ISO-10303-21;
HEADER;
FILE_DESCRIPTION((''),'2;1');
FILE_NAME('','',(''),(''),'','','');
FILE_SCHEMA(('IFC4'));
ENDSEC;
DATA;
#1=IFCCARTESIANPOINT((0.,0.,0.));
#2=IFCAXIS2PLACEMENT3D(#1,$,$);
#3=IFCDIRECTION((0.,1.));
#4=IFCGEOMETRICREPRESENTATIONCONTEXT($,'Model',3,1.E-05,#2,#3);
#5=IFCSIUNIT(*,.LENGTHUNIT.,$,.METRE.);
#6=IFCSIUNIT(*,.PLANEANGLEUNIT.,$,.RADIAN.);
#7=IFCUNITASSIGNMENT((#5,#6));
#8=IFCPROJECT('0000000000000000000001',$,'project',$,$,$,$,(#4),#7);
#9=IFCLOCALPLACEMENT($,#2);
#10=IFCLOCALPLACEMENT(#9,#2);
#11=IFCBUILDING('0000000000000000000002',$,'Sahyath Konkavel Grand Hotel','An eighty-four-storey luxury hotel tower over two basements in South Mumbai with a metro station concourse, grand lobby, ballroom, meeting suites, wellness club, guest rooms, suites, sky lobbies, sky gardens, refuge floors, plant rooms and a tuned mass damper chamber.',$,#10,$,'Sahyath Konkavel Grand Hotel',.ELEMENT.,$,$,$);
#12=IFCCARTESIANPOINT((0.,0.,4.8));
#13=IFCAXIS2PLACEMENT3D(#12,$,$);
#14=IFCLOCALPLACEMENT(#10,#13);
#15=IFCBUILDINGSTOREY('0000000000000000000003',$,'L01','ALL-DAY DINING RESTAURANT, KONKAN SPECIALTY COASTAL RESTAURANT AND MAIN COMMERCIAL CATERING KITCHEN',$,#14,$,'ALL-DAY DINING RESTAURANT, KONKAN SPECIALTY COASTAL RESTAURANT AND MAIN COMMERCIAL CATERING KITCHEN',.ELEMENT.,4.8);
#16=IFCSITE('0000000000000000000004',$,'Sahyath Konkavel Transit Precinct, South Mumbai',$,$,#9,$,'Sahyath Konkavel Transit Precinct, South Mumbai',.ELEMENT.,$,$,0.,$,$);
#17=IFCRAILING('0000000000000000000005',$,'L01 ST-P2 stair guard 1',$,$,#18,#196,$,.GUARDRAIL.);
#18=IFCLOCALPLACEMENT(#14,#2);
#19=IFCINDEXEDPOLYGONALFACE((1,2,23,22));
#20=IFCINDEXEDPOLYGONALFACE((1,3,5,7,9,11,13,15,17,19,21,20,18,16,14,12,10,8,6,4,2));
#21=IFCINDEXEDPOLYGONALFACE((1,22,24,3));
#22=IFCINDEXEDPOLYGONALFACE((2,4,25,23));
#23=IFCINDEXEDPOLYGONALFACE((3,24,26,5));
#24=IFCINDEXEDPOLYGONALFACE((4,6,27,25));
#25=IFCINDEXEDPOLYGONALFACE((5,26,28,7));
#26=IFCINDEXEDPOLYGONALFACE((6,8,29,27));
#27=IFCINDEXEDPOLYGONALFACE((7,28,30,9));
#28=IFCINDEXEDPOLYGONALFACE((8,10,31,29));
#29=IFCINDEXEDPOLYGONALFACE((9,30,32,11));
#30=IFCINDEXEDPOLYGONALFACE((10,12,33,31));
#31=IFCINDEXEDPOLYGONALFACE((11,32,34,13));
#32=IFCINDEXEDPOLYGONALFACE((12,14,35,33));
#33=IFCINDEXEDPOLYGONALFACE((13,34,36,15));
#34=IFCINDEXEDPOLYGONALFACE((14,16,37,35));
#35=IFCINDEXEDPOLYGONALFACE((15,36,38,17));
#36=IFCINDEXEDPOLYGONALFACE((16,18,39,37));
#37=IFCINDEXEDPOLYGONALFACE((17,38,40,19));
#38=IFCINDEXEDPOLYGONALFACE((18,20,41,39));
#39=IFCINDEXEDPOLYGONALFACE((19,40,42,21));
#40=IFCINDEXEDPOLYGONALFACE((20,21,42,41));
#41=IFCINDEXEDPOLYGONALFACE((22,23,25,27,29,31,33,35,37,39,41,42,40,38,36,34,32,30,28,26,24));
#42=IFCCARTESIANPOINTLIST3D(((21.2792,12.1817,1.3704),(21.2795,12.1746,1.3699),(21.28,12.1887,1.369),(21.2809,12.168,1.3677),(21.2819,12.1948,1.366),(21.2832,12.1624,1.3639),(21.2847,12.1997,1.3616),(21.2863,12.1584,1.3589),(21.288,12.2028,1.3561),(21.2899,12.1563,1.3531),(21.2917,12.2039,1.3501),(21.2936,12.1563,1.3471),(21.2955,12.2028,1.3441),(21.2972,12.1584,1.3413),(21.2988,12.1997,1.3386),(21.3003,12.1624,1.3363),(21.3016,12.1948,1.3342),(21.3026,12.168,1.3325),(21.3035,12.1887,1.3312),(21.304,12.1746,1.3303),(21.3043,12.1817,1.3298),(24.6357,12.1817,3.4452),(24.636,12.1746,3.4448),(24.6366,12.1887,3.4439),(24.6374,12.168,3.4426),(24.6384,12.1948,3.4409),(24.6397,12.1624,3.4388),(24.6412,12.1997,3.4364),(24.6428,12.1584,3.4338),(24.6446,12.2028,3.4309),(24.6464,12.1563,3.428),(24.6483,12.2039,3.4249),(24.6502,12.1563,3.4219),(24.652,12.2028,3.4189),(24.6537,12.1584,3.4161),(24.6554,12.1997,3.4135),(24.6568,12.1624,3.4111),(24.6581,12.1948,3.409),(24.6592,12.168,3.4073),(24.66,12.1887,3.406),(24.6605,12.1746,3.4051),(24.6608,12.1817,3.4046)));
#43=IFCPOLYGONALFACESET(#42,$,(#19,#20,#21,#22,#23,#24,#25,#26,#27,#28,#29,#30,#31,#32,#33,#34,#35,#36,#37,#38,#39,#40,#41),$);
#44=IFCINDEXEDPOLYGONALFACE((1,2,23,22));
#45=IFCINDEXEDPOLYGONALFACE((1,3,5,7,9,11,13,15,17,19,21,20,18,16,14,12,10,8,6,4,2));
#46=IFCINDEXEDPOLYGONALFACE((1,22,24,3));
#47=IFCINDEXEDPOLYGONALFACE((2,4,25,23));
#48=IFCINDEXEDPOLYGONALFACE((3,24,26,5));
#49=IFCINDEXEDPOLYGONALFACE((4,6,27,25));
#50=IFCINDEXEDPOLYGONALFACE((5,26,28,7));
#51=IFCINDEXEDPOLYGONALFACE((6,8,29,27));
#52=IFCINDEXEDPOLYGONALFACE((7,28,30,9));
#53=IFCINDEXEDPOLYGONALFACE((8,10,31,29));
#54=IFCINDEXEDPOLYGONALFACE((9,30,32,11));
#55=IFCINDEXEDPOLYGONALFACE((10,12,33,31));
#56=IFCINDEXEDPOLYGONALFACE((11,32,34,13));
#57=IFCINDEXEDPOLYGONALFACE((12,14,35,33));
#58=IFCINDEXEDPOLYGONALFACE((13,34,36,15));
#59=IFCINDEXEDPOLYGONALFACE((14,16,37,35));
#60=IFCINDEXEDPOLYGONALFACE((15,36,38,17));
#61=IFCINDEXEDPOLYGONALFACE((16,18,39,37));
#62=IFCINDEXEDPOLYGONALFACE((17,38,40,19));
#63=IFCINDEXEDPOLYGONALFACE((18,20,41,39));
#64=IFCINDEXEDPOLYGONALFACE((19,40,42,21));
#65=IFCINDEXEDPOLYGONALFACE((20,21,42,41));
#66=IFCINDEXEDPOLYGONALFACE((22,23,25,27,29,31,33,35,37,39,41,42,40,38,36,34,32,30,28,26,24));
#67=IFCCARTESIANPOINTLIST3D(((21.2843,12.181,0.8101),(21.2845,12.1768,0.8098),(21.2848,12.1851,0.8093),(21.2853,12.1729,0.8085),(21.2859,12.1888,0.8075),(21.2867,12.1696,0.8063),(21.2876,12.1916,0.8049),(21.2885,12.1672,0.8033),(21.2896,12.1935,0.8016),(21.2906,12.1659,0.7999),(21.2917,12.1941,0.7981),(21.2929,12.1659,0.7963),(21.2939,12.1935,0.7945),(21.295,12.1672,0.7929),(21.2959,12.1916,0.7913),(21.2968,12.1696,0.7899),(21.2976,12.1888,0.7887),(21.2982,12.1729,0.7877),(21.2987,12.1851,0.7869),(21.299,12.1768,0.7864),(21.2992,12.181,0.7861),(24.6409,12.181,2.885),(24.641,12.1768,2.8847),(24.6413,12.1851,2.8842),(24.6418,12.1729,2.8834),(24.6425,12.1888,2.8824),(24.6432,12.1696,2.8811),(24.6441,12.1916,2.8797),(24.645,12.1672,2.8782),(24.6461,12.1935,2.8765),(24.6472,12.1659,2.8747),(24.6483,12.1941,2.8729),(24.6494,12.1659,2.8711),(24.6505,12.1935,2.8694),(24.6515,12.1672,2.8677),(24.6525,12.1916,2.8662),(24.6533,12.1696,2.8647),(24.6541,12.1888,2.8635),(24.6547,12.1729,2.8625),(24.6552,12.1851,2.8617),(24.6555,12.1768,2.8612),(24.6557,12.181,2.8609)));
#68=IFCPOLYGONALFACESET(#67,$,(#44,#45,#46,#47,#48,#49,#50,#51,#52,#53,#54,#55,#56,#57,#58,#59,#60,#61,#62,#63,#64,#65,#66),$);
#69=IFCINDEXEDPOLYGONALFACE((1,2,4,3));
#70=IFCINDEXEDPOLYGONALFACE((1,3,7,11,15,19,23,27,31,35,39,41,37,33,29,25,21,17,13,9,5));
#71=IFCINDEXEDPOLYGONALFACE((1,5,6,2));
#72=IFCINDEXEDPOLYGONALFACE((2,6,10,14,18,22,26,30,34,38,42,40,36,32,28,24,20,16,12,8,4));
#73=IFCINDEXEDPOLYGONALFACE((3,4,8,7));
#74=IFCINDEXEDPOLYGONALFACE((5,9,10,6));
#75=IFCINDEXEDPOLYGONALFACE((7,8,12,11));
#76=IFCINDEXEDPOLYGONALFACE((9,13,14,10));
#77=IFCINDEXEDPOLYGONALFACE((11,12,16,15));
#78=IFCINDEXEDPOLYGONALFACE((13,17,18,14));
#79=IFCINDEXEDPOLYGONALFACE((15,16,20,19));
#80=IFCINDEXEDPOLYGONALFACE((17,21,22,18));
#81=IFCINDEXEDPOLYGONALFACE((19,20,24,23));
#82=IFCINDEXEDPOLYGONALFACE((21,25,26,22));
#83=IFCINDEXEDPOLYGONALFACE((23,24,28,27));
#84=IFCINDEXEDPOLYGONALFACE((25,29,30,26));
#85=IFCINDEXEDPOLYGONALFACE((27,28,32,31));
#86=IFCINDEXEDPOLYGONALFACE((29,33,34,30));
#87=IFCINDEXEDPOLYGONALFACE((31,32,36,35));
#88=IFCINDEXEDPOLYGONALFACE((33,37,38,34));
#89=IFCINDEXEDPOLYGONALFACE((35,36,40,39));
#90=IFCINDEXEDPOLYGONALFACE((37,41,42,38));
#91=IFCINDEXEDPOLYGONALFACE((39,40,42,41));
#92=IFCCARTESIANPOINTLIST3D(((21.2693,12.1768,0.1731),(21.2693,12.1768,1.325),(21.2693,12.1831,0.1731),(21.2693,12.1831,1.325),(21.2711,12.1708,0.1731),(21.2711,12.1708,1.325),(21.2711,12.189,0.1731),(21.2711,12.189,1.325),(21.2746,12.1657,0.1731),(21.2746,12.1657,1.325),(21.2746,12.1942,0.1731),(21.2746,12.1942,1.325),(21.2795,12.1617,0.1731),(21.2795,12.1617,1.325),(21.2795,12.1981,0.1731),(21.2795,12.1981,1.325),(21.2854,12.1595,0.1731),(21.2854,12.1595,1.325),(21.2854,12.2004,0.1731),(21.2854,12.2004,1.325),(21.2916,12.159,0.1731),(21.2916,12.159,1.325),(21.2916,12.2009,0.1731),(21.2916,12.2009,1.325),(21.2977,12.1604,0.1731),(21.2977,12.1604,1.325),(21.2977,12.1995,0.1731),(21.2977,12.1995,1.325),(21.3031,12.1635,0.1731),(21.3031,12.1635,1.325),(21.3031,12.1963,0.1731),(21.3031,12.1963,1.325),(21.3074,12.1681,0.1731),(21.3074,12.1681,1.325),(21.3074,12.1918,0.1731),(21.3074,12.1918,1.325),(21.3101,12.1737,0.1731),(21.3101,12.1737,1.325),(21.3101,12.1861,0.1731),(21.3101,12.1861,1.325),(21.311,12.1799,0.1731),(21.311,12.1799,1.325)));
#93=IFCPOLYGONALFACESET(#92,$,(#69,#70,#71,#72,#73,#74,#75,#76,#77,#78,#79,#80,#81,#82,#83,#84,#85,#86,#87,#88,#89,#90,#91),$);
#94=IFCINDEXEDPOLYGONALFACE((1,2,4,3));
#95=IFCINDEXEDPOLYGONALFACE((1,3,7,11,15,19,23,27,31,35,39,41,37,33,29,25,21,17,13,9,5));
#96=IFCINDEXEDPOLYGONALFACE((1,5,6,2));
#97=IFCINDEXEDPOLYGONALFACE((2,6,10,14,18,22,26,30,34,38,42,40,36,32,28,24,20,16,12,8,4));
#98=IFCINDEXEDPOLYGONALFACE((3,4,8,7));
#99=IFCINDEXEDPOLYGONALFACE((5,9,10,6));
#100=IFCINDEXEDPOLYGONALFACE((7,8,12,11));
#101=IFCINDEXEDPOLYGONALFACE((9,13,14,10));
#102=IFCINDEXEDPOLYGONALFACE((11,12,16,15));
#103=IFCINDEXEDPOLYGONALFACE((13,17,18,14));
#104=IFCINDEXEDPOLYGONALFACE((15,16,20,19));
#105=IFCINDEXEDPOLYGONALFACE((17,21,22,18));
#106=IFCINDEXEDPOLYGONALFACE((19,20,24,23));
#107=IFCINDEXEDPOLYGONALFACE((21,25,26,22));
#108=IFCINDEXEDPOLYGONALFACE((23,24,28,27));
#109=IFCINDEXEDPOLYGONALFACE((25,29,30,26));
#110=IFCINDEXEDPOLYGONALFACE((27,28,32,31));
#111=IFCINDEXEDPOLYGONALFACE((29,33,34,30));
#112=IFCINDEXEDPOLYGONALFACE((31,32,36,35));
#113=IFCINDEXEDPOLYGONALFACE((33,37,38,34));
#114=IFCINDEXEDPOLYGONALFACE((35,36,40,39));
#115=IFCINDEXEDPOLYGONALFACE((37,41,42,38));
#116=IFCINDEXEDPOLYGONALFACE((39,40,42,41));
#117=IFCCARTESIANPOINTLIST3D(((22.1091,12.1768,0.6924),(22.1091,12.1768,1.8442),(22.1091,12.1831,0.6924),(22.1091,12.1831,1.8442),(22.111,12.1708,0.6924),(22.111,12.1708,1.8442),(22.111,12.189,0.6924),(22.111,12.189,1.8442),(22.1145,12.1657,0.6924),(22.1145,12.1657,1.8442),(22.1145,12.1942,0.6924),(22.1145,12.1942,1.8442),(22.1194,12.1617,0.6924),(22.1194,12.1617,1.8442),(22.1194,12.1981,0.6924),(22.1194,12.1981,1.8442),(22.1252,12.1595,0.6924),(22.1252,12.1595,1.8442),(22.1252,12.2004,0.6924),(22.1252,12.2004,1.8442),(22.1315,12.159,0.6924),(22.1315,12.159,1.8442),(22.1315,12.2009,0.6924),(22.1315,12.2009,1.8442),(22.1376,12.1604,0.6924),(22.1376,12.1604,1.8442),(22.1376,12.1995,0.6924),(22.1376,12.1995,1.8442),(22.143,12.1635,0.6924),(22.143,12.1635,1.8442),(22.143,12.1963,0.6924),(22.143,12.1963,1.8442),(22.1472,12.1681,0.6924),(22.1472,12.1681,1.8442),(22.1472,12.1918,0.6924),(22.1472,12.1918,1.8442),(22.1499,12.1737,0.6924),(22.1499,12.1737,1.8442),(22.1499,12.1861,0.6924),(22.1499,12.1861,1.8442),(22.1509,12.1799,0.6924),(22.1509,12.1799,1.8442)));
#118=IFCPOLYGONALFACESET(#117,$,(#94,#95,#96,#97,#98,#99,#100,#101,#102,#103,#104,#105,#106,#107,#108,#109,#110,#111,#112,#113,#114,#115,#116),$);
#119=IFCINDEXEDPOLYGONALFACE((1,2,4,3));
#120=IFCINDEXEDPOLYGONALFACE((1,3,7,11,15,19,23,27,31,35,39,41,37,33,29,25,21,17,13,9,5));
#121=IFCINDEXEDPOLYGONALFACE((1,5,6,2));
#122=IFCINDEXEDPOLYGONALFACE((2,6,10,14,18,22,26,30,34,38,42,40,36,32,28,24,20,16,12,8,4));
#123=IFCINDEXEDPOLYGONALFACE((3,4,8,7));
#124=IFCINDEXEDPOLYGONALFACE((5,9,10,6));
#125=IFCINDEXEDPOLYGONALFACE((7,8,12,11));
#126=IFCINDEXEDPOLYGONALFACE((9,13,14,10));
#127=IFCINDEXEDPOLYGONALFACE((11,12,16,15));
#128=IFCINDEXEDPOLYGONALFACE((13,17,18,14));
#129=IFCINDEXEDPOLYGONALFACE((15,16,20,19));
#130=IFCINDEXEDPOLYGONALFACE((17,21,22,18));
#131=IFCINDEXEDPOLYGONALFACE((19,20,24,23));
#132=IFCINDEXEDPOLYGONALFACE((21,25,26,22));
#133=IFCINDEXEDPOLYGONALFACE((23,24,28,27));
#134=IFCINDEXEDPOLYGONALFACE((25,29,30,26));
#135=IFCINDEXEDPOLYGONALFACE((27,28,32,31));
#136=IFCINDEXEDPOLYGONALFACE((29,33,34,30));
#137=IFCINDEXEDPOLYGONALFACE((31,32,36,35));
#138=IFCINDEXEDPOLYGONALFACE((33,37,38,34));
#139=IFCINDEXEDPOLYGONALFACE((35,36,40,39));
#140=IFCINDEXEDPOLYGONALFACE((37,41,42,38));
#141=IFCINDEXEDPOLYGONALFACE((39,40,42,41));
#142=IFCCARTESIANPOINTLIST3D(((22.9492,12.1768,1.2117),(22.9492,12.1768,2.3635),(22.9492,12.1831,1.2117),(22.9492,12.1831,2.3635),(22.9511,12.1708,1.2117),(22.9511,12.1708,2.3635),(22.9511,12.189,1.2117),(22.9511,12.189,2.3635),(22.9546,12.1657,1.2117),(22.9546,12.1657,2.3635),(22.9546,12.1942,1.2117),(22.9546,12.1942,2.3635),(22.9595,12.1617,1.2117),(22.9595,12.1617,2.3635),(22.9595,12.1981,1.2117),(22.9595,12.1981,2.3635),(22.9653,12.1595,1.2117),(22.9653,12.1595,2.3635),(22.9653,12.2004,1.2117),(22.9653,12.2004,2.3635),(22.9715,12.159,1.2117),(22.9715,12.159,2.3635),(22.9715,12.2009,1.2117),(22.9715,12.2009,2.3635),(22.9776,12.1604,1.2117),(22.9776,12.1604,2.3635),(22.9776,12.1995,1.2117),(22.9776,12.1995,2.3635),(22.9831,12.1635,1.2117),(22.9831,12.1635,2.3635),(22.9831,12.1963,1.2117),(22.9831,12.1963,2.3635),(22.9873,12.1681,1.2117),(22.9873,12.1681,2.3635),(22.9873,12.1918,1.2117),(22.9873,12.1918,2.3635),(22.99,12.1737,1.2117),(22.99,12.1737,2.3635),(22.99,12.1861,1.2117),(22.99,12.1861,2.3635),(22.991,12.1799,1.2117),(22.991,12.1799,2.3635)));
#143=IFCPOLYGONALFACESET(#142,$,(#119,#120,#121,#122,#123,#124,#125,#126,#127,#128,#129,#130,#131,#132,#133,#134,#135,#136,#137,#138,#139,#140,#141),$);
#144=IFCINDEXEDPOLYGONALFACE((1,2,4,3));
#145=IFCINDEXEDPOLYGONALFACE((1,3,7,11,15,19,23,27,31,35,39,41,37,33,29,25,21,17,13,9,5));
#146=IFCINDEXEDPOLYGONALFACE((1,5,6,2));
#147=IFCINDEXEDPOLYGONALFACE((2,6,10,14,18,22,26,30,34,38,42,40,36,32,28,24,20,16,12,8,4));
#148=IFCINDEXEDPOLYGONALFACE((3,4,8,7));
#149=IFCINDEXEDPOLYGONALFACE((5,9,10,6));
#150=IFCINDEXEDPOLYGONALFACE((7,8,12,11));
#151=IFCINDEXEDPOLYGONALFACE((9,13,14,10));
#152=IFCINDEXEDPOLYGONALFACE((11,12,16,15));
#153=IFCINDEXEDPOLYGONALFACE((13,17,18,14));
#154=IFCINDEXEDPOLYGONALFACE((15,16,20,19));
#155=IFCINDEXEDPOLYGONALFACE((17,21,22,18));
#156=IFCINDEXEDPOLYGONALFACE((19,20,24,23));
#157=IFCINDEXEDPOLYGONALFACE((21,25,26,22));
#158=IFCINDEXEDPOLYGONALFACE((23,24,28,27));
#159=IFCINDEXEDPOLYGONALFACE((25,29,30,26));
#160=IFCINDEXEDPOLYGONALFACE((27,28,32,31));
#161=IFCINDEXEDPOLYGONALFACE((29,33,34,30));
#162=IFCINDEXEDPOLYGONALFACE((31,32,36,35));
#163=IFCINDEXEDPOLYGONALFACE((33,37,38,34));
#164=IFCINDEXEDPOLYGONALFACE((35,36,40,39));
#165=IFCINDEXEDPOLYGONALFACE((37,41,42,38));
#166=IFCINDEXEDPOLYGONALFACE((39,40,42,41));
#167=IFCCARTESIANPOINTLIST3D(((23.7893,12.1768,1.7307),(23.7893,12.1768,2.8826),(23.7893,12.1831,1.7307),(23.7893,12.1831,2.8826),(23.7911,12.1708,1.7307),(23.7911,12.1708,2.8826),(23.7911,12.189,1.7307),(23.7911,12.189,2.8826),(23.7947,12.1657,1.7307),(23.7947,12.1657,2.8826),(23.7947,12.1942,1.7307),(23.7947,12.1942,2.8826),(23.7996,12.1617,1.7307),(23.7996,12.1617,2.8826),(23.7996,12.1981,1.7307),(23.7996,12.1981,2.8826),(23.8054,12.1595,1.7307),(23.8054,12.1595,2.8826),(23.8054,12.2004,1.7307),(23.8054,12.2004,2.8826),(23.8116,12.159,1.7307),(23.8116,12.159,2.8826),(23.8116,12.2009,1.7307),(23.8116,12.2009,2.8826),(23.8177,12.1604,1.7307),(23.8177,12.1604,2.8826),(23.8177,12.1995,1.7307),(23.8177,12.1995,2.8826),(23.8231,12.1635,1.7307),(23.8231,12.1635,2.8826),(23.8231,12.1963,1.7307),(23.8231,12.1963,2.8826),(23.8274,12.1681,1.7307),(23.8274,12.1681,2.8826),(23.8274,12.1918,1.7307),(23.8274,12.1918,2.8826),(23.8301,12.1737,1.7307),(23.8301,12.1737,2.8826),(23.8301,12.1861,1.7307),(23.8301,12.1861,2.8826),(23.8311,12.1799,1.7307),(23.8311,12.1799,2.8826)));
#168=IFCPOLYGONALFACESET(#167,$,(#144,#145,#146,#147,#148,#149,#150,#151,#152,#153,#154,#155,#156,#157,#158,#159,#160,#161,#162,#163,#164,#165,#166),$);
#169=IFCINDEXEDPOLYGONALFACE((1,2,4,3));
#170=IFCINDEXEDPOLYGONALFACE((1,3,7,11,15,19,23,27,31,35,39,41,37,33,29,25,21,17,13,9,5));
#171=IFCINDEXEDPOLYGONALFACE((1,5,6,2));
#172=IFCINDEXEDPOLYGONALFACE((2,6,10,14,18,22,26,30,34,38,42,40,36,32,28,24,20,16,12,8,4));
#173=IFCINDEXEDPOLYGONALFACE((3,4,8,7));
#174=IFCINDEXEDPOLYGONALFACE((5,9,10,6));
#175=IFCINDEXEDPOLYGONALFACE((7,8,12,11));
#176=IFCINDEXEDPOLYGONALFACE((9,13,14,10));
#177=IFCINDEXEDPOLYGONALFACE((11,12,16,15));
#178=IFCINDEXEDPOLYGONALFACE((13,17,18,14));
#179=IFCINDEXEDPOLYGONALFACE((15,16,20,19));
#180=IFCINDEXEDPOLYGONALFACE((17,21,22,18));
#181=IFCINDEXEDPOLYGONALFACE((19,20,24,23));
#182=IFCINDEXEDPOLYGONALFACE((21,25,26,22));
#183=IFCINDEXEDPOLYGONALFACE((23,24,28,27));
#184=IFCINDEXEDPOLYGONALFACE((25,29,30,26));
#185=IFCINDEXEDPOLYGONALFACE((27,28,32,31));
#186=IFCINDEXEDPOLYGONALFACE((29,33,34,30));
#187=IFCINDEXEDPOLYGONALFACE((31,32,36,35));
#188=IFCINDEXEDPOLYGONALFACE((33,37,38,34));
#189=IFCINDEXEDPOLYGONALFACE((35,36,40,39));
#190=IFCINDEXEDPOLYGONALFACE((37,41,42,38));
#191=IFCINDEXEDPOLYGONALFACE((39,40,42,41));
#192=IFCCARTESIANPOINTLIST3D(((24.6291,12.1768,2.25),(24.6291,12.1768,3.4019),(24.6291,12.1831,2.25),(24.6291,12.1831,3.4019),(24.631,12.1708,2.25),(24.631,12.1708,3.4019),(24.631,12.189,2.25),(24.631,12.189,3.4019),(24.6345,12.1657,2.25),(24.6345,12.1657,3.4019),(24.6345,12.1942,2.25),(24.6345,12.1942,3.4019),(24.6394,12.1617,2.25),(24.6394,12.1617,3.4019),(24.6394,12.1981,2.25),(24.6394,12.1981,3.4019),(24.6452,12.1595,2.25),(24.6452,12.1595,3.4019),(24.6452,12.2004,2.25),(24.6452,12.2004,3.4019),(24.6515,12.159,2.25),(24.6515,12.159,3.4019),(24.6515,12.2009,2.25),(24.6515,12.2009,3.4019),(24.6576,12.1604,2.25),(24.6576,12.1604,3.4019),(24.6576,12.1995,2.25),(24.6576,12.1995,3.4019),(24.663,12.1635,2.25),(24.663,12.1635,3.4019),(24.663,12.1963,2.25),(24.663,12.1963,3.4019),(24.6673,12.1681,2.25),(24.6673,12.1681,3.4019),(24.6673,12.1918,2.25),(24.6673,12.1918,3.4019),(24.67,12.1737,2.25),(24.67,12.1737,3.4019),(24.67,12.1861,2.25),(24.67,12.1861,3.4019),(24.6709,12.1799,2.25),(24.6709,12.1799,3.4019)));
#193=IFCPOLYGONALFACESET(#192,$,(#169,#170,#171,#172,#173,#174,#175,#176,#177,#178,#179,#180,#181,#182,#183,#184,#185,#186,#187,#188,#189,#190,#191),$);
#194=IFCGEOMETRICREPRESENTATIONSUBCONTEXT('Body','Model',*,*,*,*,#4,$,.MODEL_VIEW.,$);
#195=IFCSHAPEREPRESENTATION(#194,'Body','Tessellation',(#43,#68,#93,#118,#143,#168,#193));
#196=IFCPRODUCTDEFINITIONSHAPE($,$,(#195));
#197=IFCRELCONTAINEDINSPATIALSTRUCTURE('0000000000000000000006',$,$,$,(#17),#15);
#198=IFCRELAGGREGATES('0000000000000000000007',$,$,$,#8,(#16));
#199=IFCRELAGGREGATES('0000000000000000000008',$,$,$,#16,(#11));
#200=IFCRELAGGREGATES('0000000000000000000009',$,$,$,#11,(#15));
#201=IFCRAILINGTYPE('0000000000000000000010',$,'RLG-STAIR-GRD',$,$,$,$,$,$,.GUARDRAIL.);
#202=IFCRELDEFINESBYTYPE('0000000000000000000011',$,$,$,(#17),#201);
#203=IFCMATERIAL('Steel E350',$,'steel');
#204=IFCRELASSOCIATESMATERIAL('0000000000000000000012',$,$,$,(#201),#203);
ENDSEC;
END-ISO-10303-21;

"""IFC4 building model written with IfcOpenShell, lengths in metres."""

from ifc_helpers import new_model, si_unit, direction, frame, origin, origin_2d, place, context, subcontext, project, spatial, circle, extrude, material, type_object, element, save


model = new_model("IFC4")

# Units and contexts
model_context = context("Model", 3, precision=1e-05, world=origin(), true_north=direction((0.0, 1.0)))
body_context = subcontext(model_context, "Body", "Model", "MODEL_VIEW")
ifc_project = project(units=[si_unit("LENGTHUNIT", "METRE"), si_unit("PLANEANGLEUNIT", "RADIAN")], contexts=[model_context])

# Site, building, storey
site_placement = place(None, origin())
site = spatial("IfcSite", under=ifc_project, at=site_placement, Name="Sahyath Konkavel Transit Precinct, South Mumbai", LongName="Sahyath Konkavel Transit Precinct, South Mumbai", CompositionType="ELEMENT", RefElevation=0.0)
building_placement = place(site_placement, origin())
building = spatial("IfcBuilding", under=site, at=building_placement, Name="Sahyath Konkavel Grand Hotel", Description="An eighty-four-storey luxury hotel tower over two basements in South Mumbai with a metro station concourse, grand lobby, ballroom, meeting suites, wellness club, guest rooms, suites, sky lobbies, sky gardens, refuge floors, plant rooms and a tuned mass damper chamber.", LongName="Sahyath Konkavel Grand Hotel", CompositionType="ELEMENT")
storey_placement = place(building_placement, frame((0.0, 0.0, 4.8)))
storey = spatial("IfcBuildingStorey", under=building, at=storey_placement, Name="L01", Description="ALL-DAY DINING RESTAURANT, KONKAN SPECIALTY COASTAL RESTAURANT AND MAIN COMMERCIAL CATERING KITCHEN", LongName="ALL-DAY DINING RESTAURANT, KONKAN SPECIALTY COASTAL RESTAURANT AND MAIN COMMERCIAL CATERING KITCHEN", CompositionType="ELEMENT", Elevation=4.8)

# Shared definitions
ifc_material_1 = material(Name="Steel E350", Category="steel")

# Railing
railing_type_1 = type_object("IfcRailingType", Name="RLG-STAIR-GRD", PredefinedType="GUARDRAIL", material=ifc_material_1)
railing_1_placement = place(storey_placement, frame((21.29, 12.1799, 0.1731)))
element("IfcRailing", 1, at=railing_1_placement, inside=storey, type_object=railing_type_1, Name="L01 ST-P2 stair guard 1", PredefinedType="GUARDRAIL", context=body_context, shape_type="SweptSolid", body=[
    extrude(circle(Radius=0.0239, at=origin_2d()), frame((0.0017, 0.0, 1.177), z_axis=(0.850606, 0.0, 0.525803), x_axis=(0.0, 1.0, 0.0)), (0.0, 0.0, 1.0), 3.946),
    extrude(circle(Radius=0.0142, at=origin_2d()), frame((0.0017, 0.0, 0.625), z_axis=(0.850606, 0.0, 0.525803), x_axis=(0.0, 1.0, 0.0)), (0.0, 0.0, 1.0), 3.946),
    extrude(circle(Radius=0.021, at=origin_2d()), origin(), (0.0, 0.0, 1.0), 1.1519),
    extrude(circle(Radius=0.021, at=origin_2d()), frame((0.8398, 0.0, 0.5193)), (0.0, 0.0, 1.0), 1.1519),
    extrude(circle(Radius=0.021, at=origin_2d()), frame((1.6799, 0.0, 1.0386)), (0.0, 0.0, 1.0), 1.1519),
    extrude(circle(Radius=0.021, at=origin_2d()), frame((2.52, 0.0, 1.5576)), (0.0, 0.0, 1.0), 1.1519),
    extrude(circle(Radius=0.021, at=origin_2d()), frame((3.3599, 0.0, 2.0769)), (0.0, 0.0, 1.0), 1.1519),
])

save(model, "model.ifc")
